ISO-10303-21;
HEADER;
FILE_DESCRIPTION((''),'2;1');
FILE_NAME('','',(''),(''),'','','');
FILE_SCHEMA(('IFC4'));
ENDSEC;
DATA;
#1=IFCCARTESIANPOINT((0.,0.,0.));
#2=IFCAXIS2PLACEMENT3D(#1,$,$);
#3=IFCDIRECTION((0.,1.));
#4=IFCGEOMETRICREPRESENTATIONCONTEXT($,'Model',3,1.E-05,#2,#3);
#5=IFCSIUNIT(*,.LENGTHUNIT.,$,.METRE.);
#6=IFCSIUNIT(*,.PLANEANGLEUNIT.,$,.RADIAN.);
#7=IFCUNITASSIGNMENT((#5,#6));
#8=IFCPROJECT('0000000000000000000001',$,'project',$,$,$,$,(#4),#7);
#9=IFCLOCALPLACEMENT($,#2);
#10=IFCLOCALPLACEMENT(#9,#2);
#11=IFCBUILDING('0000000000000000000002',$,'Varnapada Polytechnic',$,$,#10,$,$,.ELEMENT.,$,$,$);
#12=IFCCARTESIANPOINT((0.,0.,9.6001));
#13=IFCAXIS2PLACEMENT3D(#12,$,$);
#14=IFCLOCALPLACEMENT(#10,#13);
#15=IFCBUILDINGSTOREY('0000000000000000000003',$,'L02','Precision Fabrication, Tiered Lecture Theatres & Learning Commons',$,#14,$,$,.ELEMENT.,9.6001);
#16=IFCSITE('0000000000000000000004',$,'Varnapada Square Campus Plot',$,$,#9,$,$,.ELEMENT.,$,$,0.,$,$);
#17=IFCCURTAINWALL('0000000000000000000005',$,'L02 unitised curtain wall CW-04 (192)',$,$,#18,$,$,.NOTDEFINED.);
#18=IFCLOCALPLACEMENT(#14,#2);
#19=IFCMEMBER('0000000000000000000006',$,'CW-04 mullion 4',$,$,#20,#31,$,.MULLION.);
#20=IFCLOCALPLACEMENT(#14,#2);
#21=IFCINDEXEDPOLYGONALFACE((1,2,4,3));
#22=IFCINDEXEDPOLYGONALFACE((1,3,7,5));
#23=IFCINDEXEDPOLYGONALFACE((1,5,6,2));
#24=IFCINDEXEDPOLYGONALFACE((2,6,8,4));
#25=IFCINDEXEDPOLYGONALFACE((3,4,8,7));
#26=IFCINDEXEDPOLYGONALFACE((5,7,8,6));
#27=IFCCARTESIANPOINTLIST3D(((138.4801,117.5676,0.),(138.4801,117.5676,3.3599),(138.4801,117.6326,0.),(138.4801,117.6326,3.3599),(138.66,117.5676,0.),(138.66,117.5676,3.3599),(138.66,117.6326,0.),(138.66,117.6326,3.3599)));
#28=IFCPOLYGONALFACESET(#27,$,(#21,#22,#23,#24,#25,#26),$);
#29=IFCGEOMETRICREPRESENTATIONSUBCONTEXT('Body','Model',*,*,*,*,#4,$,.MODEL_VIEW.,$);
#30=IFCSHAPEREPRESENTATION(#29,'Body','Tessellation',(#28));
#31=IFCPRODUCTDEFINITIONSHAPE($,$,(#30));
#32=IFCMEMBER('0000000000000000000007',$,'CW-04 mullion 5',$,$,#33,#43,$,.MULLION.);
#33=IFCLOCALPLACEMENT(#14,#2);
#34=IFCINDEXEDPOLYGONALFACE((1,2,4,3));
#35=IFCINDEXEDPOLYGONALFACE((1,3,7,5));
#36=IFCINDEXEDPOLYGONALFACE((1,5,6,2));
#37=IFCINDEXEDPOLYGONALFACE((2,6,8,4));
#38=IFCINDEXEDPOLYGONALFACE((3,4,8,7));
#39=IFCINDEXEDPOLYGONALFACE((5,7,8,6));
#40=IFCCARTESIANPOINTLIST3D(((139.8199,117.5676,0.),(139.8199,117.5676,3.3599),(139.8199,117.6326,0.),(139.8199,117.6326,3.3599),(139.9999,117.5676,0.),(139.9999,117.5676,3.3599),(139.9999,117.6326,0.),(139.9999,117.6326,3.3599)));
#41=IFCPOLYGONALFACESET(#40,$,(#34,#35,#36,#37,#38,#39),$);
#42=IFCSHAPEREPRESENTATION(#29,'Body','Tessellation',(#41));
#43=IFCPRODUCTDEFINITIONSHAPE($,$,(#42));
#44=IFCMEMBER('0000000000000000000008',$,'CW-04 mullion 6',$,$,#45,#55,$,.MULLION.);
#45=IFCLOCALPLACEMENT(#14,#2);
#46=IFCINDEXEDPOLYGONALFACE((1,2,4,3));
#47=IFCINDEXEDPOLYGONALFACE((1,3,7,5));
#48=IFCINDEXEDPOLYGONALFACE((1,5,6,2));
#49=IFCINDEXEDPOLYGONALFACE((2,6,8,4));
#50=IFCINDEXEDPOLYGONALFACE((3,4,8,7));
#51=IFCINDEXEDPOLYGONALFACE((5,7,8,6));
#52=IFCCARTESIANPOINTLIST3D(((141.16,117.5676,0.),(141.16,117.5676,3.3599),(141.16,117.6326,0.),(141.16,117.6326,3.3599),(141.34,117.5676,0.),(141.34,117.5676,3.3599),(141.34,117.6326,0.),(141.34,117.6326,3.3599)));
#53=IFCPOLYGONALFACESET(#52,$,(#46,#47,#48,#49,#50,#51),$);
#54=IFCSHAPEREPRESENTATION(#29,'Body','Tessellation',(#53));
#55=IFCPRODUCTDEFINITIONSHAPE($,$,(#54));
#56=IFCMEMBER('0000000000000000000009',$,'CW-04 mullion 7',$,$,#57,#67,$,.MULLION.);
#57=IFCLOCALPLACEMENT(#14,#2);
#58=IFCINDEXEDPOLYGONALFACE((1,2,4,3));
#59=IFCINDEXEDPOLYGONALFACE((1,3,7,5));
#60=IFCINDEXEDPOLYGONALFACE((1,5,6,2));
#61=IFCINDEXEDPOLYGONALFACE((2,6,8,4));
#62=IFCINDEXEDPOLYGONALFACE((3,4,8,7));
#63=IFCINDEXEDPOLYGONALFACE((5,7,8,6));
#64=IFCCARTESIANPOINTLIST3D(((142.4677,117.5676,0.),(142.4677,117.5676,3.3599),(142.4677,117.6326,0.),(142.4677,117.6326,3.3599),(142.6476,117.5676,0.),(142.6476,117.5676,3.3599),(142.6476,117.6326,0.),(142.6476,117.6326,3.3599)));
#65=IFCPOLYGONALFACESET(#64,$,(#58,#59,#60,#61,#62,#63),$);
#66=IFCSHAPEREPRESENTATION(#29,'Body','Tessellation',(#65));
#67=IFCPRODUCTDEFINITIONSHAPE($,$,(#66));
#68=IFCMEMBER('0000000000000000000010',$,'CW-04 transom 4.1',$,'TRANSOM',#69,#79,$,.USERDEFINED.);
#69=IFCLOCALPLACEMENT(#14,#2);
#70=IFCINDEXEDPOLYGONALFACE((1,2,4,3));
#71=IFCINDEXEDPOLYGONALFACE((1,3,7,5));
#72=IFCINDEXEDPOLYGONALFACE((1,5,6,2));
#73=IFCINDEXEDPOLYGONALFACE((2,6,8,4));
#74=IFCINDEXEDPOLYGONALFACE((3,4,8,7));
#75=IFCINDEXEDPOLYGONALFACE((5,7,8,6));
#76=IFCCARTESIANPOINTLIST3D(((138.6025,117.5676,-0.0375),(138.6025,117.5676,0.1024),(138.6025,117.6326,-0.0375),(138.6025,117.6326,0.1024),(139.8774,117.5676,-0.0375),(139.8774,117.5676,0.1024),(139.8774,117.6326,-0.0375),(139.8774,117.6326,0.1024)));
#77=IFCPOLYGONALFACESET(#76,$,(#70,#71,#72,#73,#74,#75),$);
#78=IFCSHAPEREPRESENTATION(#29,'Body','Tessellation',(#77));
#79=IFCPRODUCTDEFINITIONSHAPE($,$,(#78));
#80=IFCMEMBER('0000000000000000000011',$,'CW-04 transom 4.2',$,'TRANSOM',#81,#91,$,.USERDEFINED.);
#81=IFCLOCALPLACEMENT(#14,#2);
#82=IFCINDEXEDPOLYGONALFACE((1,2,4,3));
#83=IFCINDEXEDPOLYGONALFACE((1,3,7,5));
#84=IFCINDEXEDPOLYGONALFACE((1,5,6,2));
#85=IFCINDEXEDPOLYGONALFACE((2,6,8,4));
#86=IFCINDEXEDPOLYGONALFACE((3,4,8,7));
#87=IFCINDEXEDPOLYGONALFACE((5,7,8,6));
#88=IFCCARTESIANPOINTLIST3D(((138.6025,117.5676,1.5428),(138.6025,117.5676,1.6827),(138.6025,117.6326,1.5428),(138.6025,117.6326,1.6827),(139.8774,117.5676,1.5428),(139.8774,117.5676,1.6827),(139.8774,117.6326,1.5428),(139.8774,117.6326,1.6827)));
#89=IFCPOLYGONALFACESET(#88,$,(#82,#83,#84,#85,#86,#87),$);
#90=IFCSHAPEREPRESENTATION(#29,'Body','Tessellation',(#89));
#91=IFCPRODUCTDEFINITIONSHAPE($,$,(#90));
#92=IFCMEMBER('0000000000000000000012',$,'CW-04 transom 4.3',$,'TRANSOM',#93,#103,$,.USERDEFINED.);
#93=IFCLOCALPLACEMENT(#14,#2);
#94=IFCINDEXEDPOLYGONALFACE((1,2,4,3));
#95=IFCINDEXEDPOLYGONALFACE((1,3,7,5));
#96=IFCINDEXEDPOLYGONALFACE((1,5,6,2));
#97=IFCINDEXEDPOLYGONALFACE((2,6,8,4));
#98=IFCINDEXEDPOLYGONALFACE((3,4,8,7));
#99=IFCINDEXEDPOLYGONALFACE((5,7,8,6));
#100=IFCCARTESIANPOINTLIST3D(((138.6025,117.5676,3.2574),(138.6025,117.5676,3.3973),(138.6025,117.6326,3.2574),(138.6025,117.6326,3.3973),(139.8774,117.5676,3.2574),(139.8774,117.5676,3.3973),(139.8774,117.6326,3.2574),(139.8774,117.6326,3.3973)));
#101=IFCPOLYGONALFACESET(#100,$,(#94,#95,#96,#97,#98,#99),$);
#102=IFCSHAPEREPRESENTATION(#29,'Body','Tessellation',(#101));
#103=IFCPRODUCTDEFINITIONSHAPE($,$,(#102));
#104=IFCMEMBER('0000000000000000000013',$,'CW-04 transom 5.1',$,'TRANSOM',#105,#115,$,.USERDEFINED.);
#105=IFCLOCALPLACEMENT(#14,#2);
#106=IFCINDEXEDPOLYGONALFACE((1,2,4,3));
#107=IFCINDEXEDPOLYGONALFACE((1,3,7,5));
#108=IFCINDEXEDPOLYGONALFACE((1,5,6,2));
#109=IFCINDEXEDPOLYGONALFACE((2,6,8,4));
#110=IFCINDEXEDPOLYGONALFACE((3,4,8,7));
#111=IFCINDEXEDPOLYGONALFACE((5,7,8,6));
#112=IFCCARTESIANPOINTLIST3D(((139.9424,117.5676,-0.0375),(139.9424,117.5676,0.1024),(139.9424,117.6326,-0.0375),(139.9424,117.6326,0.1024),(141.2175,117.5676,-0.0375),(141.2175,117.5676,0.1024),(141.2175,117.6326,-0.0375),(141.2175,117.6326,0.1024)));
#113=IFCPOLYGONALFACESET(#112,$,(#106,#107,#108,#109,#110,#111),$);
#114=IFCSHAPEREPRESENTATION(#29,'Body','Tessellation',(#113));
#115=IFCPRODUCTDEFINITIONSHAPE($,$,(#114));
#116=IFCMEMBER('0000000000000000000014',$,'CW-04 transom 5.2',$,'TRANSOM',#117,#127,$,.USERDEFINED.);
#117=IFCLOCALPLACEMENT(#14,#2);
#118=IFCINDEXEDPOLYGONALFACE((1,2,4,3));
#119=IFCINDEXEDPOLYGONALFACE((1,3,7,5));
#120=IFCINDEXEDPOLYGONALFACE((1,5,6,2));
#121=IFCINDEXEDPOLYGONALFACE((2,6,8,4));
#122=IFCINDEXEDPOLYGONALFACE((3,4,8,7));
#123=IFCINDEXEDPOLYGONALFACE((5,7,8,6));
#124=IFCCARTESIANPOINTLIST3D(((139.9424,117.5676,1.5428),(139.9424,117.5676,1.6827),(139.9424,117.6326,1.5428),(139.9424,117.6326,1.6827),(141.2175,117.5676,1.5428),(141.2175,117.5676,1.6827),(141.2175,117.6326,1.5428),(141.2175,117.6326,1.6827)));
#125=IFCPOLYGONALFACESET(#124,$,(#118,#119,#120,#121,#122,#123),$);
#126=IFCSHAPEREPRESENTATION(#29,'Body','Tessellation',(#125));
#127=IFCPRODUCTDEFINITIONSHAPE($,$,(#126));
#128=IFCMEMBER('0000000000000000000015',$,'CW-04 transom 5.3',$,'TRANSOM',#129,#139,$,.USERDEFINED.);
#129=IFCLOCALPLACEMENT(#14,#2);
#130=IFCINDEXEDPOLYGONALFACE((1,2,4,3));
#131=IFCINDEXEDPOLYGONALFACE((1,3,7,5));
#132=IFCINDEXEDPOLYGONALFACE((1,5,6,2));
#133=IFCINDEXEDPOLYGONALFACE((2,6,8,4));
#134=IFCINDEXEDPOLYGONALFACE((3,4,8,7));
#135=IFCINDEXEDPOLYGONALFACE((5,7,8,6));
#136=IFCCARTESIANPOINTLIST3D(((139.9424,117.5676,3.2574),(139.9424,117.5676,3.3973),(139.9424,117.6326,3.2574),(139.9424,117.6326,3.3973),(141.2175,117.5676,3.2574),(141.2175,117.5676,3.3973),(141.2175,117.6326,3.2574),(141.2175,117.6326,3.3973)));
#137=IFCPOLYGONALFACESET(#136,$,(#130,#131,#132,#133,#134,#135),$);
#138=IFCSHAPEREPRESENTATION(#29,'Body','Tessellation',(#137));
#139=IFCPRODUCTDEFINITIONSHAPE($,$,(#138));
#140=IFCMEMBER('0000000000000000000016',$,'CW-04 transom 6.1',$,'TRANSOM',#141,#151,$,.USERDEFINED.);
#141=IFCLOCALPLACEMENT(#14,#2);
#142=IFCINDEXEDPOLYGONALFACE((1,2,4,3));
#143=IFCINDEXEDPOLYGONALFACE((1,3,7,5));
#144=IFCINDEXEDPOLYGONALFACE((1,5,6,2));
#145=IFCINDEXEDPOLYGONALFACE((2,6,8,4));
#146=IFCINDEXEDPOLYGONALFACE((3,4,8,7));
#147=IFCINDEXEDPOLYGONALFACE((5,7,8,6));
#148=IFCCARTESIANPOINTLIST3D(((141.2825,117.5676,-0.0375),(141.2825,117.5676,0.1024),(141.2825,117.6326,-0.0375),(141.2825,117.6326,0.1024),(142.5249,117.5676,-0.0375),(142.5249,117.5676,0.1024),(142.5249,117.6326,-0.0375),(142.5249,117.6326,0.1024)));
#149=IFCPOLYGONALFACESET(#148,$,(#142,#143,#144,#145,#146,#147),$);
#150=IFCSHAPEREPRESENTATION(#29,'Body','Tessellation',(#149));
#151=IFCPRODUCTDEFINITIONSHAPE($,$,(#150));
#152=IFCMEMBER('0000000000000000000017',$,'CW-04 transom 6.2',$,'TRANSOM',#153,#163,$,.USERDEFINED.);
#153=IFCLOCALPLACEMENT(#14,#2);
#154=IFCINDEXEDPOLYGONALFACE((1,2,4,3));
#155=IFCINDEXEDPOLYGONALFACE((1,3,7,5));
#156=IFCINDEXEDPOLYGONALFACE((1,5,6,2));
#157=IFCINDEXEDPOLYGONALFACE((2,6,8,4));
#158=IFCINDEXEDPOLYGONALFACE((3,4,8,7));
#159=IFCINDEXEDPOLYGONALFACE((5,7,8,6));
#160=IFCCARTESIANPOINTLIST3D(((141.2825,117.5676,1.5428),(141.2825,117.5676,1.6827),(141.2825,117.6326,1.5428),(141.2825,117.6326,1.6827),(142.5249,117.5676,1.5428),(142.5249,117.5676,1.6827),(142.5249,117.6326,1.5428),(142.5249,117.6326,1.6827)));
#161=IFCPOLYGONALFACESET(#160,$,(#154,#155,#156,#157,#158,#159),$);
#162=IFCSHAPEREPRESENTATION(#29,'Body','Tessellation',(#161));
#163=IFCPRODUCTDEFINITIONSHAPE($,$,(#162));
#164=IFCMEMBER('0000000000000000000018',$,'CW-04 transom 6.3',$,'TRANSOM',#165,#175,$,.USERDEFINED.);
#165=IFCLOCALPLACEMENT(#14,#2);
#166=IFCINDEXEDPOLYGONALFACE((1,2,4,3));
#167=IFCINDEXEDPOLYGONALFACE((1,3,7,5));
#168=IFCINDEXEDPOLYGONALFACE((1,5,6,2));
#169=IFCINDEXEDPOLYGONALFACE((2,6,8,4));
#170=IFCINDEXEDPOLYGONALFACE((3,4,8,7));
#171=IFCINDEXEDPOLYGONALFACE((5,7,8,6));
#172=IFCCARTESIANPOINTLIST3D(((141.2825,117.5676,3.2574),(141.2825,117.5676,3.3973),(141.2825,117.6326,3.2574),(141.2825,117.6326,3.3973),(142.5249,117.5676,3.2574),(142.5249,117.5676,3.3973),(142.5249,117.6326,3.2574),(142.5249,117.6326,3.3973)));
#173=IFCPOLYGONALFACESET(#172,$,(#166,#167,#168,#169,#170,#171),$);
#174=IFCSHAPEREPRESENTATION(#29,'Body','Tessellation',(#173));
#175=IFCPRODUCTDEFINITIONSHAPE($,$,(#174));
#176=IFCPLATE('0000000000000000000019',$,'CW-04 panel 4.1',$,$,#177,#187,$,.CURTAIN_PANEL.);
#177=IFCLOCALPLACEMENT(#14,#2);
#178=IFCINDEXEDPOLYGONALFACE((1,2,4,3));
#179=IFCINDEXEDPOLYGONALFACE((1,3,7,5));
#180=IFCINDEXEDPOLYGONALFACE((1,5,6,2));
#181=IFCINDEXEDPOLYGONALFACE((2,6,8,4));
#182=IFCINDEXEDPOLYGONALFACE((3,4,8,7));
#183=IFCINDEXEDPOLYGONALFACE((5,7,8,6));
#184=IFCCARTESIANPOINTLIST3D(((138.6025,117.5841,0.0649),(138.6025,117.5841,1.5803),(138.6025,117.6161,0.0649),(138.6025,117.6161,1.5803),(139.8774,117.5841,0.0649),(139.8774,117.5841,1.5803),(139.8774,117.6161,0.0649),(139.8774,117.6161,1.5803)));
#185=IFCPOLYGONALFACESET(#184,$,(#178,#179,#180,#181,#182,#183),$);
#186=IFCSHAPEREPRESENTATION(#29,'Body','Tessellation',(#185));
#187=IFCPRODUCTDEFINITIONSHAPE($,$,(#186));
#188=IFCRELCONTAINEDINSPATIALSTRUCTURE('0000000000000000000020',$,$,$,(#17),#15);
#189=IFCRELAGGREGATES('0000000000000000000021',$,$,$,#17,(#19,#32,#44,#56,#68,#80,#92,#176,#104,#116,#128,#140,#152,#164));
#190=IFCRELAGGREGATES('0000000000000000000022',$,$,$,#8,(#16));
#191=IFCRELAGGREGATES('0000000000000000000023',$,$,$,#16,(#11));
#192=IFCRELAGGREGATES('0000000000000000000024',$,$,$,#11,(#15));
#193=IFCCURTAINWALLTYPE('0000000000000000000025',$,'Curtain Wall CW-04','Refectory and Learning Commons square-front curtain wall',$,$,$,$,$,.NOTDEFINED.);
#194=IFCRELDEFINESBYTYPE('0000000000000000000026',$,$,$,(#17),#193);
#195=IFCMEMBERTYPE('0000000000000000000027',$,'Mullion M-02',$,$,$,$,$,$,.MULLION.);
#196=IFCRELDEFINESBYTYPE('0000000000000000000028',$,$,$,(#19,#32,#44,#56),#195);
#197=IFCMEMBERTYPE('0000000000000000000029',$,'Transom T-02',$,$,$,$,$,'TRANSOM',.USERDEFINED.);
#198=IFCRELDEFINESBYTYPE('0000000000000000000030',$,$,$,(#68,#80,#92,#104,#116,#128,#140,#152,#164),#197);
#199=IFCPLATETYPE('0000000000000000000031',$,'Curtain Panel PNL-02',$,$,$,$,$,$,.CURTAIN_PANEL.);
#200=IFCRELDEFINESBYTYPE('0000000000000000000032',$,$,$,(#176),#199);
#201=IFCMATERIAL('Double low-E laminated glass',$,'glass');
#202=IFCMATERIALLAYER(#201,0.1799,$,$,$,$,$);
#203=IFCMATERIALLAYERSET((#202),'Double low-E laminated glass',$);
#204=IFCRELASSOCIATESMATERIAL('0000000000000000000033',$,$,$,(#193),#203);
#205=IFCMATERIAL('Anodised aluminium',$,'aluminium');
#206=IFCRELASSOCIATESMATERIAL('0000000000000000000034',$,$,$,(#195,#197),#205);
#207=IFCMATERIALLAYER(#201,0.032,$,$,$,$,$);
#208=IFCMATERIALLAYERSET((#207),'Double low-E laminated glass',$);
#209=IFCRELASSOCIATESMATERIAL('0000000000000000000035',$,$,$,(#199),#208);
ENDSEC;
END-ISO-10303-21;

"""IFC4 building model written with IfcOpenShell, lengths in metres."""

from ifc_helpers import new_model, si_unit, direction, frame, origin, origin_2d, place, context, subcontext, project, spatial, rectangle, extrude, material, layer, layer_set, material_profile, profile_set, type_object, element, aggregate, save


model = new_model("IFC4")

# Units and contexts
model_context = context("Model", 3, precision=1e-05, world=origin(), true_north=direction((0.0, 1.0)))
body_context = subcontext(model_context, "Body", "Model", "MODEL_VIEW")
ifc_project = project(units=[si_unit("LENGTHUNIT", "METRE"), si_unit("PLANEANGLEUNIT", "RADIAN")], contexts=[model_context])

# Site, building, storey
site_placement = place(None, origin())
site = spatial("IfcSite", under=ifc_project, at=site_placement, Name="Varnapada Square Campus Plot", CompositionType="ELEMENT", RefElevation=0.0)
building_placement = place(site_placement, origin())
building = spatial("IfcBuilding", under=site, at=building_placement, Name="Varnapada Polytechnic", CompositionType="ELEMENT")
storey_placement = place(building_placement, frame((0.0, 0.0, 9.6001)))
storey = spatial("IfcBuildingStorey", under=building, at=storey_placement, Name="L02", Description="Precision Fabrication, Tiered Lecture Theatres & Learning Commons", CompositionType="ELEMENT", Elevation=9.6001)

# Curtain wall, members, plate
ifc_material_1 = material(Name="Double low-E laminated glass", Category="glass")
ifc_layer_1 = layer(ifc_material_1, 0.1799)
ifc_layer_set_1 = layer_set([ifc_layer_1], Name="Double low-E laminated glass")
curtain_wall_type = type_object("IfcCurtainWallType", Name="Curtain Wall CW-04", Description="Refectory and Learning Commons square-front curtain wall", PredefinedType="NOTDEFINED", material=ifc_layer_set_1)
curtain_wall_placement = place(storey_placement, origin())
curtain_wall = element("IfcCurtainWall", 1, at=curtain_wall_placement, inside=storey, type_object=curtain_wall_type, Name="L02 unitised curtain wall CW-04 (192)", PredefinedType="NOTDEFINED")
ifc_material_2 = material(Name="Anodised aluminium", Category="aluminium")
ifc_material_profile_1 = material_profile(ifc_material_2, rectangle(XDim=0.0649, YDim=0.1799, at=origin_2d()), Name="ALU M65x180")
ifc_profile_set_1 = profile_set([ifc_material_profile_1], Name="Anodised aluminium")
member_type_1 = type_object("IfcMemberType", Name="Mullion M-02", PredefinedType="MULLION", material=ifc_profile_set_1)
member_1_placement = place(storey_placement, frame((138.5701, 117.6001, 0.0), z_axis=(0.0, 0.0, 1.0), x_axis=(0.0, 1.0, 0.0)))
member_1 = element("IfcMember", 2, at=member_1_placement, type_object=member_type_1, Name="CW-04 mullion 4", PredefinedType="MULLION", context=body_context, shape_type="SweptSolid", body=[
    extrude(rectangle(XDim=0.0649, YDim=0.1799, at=origin_2d()), origin(), (0.0, 0.0, 1.0), 3.3599),
])
member_2_placement = place(storey_placement, frame((139.9099, 117.6001, 0.0), z_axis=(0.0, 0.0, 1.0), x_axis=(0.0, 1.0, 0.0)))
member_2 = element("IfcMember", 3, at=member_2_placement, type_object=member_type_1, Name="CW-04 mullion 5", PredefinedType="MULLION", context=body_context, shape_type="SweptSolid", body=[
    extrude(rectangle(XDim=0.0649, YDim=0.1799, at=origin_2d()), origin(), (0.0, 0.0, 1.0), 3.3599),
])
member_3_placement = place(storey_placement, frame((141.25, 117.6001, 0.0), z_axis=(0.0, 0.0, 1.0), x_axis=(0.0, 1.0, 0.0)))
member_3 = element("IfcMember", 4, at=member_3_placement, type_object=member_type_1, Name="CW-04 mullion 6", PredefinedType="MULLION", context=body_context, shape_type="SweptSolid", body=[
    extrude(rectangle(XDim=0.0649, YDim=0.1799, at=origin_2d()), origin(), (0.0, 0.0, 1.0), 3.3599),
])
member_4_placement = place(storey_placement, frame((142.5576, 117.6001, 0.0), z_axis=(0.0, 0.0, 1.0), x_axis=(0.0, 1.0, 0.0)))
member_4 = element("IfcMember", 5, at=member_4_placement, type_object=member_type_1, Name="CW-04 mullion 7", PredefinedType="MULLION", context=body_context, shape_type="SweptSolid", body=[
    extrude(rectangle(XDim=0.0649, YDim=0.1799, at=origin_2d()), origin(), (0.0, 0.0, 1.0), 3.3599),
])
ifc_material_profile_2 = material_profile(ifc_material_2, rectangle(XDim=0.0649, YDim=0.1399, at=origin_2d()), Name="ALU T65x140")
ifc_profile_set_2 = profile_set([ifc_material_profile_2], Name="Anodised aluminium")
member_type_2 = type_object("IfcMemberType", Name="Transom T-02", ElementType="TRANSOM", PredefinedType="USERDEFINED", material=ifc_profile_set_2)
member_5_placement = place(storey_placement, frame((138.6025, 117.6001, 0.0325), z_axis=(1.0, 0.0, 0.0), x_axis=(0.0, 1.0, 0.0)))
member_5 = element("IfcMember", 6, at=member_5_placement, type_object=member_type_2, Name="CW-04 transom 4.1", ObjectType="TRANSOM", PredefinedType="USERDEFINED", context=body_context, shape_type="SweptSolid", body=[
    extrude(rectangle(XDim=0.0649, YDim=0.1399, at=origin_2d()), origin(), (0.0, 0.0, 1.0), 1.2749),
])
member_6_placement = place(storey_placement, frame((138.6025, 117.6001, 1.6128), z_axis=(1.0, 0.0, 0.0), x_axis=(0.0, 1.0, 0.0)))
member_6 = element("IfcMember", 7, at=member_6_placement, type_object=member_type_2, Name="CW-04 transom 4.2", ObjectType="TRANSOM", PredefinedType="USERDEFINED", context=body_context, shape_type="SweptSolid", body=[
    extrude(rectangle(XDim=0.0649, YDim=0.1399, at=origin_2d()), origin(), (0.0, 0.0, 1.0), 1.2749),
])
member_7_placement = place(storey_placement, frame((138.6025, 117.6001, 3.3274), z_axis=(1.0, 0.0, 0.0), x_axis=(0.0, 1.0, 0.0)))
member_7 = element("IfcMember", 8, at=member_7_placement, type_object=member_type_2, Name="CW-04 transom 4.3", ObjectType="TRANSOM", PredefinedType="USERDEFINED", context=body_context, shape_type="SweptSolid", body=[
    extrude(rectangle(XDim=0.0649, YDim=0.1399, at=origin_2d()), origin(), (0.0, 0.0, 1.0), 1.2749),
])
member_8_placement = place(storey_placement, frame((139.9424, 117.6001, 0.0325), z_axis=(1.0, 0.0, 0.0), x_axis=(0.0, 1.0, 0.0)))
member_8 = element("IfcMember", 9, at=member_8_placement, type_object=member_type_2, Name="CW-04 transom 5.1", ObjectType="TRANSOM", PredefinedType="USERDEFINED", context=body_context, shape_type="SweptSolid", body=[
    extrude(rectangle(XDim=0.0649, YDim=0.1399, at=origin_2d()), origin(), (0.0, 0.0, 1.0), 1.2751),
])
member_9_placement = place(storey_placement, frame((139.9424, 117.6001, 1.6128), z_axis=(1.0, 0.0, 0.0), x_axis=(0.0, 1.0, 0.0)))
member_9 = element("IfcMember", 10, at=member_9_placement, type_object=member_type_2, Name="CW-04 transom 5.2", ObjectType="TRANSOM", PredefinedType="USERDEFINED", context=body_context, shape_type="SweptSolid", body=[
    extrude(rectangle(XDim=0.0649, YDim=0.1399, at=origin_2d()), origin(), (0.0, 0.0, 1.0), 1.2751),
])
member_10_placement = place(storey_placement, frame((139.9424, 117.6001, 3.3274), z_axis=(1.0, 0.0, 0.0), x_axis=(0.0, 1.0, 0.0)))
member_10 = element("IfcMember", 11, at=member_10_placement, type_object=member_type_2, Name="CW-04 transom 5.3", ObjectType="TRANSOM", PredefinedType="USERDEFINED", context=body_context, shape_type="SweptSolid", body=[
    extrude(rectangle(XDim=0.0649, YDim=0.1399, at=origin_2d()), origin(), (0.0, 0.0, 1.0), 1.2751),
])
member_11_placement = place(storey_placement, frame((141.2825, 117.6001, 0.0325), z_axis=(1.0, 0.0, 0.0), x_axis=(0.0, 1.0, 0.0)))
member_11 = element("IfcMember", 12, at=member_11_placement, type_object=member_type_2, Name="CW-04 transom 6.1", ObjectType="TRANSOM", PredefinedType="USERDEFINED", context=body_context, shape_type="SweptSolid", body=[
    extrude(rectangle(XDim=0.0649, YDim=0.1399, at=origin_2d()), origin(), (0.0, 0.0, 1.0), 1.2424),
])
member_12_placement = place(storey_placement, frame((141.2825, 117.6001, 1.6128), z_axis=(1.0, 0.0, 0.0), x_axis=(0.0, 1.0, 0.0)))
member_12 = element("IfcMember", 13, at=member_12_placement, type_object=member_type_2, Name="CW-04 transom 6.2", ObjectType="TRANSOM", PredefinedType="USERDEFINED", context=body_context, shape_type="SweptSolid", body=[
    extrude(rectangle(XDim=0.0649, YDim=0.1399, at=origin_2d()), origin(), (0.0, 0.0, 1.0), 1.2424),
])
member_13_placement = place(storey_placement, frame((141.2825, 117.6001, 3.3274), z_axis=(1.0, 0.0, 0.0), x_axis=(0.0, 1.0, 0.0)))
member_13 = element("IfcMember", 14, at=member_13_placement, type_object=member_type_2, Name="CW-04 transom 6.3", ObjectType="TRANSOM", PredefinedType="USERDEFINED", context=body_context, shape_type="SweptSolid", body=[
    extrude(rectangle(XDim=0.0649, YDim=0.1399, at=origin_2d()), origin(), (0.0, 0.0, 1.0), 1.2424),
])
ifc_layer_2 = layer(ifc_material_1, 0.032)
ifc_layer_set_2 = layer_set([ifc_layer_2], Name="Double low-E laminated glass")
plate_type = type_object("IfcPlateType", Name="Curtain Panel PNL-02", PredefinedType="CURTAIN_PANEL", material=ifc_layer_set_2)
plate_1_placement = place(storey_placement, frame((139.24, 117.6001, 0.0649), z_axis=(0.0, 0.0, 1.0), x_axis=(1.0, 0.0, 0.0)))
plate_1 = element("IfcPlate", 15, at=plate_1_placement, type_object=plate_type, Name="CW-04 panel 4.1", PredefinedType="CURTAIN_PANEL", context=body_context, shape_type="SweptSolid", body=[
    extrude(rectangle(XDim=1.2749, YDim=0.032, at=origin_2d()), origin(), (0.0, 0.0, 1.0), 1.5154),
])
aggregate(curtain_wall, [member_1, member_2, member_3, member_4, member_5, member_6, member_7, plate_1, member_8, member_9, member_10, member_11, member_12, member_13])

save(model, "model.ifc")
